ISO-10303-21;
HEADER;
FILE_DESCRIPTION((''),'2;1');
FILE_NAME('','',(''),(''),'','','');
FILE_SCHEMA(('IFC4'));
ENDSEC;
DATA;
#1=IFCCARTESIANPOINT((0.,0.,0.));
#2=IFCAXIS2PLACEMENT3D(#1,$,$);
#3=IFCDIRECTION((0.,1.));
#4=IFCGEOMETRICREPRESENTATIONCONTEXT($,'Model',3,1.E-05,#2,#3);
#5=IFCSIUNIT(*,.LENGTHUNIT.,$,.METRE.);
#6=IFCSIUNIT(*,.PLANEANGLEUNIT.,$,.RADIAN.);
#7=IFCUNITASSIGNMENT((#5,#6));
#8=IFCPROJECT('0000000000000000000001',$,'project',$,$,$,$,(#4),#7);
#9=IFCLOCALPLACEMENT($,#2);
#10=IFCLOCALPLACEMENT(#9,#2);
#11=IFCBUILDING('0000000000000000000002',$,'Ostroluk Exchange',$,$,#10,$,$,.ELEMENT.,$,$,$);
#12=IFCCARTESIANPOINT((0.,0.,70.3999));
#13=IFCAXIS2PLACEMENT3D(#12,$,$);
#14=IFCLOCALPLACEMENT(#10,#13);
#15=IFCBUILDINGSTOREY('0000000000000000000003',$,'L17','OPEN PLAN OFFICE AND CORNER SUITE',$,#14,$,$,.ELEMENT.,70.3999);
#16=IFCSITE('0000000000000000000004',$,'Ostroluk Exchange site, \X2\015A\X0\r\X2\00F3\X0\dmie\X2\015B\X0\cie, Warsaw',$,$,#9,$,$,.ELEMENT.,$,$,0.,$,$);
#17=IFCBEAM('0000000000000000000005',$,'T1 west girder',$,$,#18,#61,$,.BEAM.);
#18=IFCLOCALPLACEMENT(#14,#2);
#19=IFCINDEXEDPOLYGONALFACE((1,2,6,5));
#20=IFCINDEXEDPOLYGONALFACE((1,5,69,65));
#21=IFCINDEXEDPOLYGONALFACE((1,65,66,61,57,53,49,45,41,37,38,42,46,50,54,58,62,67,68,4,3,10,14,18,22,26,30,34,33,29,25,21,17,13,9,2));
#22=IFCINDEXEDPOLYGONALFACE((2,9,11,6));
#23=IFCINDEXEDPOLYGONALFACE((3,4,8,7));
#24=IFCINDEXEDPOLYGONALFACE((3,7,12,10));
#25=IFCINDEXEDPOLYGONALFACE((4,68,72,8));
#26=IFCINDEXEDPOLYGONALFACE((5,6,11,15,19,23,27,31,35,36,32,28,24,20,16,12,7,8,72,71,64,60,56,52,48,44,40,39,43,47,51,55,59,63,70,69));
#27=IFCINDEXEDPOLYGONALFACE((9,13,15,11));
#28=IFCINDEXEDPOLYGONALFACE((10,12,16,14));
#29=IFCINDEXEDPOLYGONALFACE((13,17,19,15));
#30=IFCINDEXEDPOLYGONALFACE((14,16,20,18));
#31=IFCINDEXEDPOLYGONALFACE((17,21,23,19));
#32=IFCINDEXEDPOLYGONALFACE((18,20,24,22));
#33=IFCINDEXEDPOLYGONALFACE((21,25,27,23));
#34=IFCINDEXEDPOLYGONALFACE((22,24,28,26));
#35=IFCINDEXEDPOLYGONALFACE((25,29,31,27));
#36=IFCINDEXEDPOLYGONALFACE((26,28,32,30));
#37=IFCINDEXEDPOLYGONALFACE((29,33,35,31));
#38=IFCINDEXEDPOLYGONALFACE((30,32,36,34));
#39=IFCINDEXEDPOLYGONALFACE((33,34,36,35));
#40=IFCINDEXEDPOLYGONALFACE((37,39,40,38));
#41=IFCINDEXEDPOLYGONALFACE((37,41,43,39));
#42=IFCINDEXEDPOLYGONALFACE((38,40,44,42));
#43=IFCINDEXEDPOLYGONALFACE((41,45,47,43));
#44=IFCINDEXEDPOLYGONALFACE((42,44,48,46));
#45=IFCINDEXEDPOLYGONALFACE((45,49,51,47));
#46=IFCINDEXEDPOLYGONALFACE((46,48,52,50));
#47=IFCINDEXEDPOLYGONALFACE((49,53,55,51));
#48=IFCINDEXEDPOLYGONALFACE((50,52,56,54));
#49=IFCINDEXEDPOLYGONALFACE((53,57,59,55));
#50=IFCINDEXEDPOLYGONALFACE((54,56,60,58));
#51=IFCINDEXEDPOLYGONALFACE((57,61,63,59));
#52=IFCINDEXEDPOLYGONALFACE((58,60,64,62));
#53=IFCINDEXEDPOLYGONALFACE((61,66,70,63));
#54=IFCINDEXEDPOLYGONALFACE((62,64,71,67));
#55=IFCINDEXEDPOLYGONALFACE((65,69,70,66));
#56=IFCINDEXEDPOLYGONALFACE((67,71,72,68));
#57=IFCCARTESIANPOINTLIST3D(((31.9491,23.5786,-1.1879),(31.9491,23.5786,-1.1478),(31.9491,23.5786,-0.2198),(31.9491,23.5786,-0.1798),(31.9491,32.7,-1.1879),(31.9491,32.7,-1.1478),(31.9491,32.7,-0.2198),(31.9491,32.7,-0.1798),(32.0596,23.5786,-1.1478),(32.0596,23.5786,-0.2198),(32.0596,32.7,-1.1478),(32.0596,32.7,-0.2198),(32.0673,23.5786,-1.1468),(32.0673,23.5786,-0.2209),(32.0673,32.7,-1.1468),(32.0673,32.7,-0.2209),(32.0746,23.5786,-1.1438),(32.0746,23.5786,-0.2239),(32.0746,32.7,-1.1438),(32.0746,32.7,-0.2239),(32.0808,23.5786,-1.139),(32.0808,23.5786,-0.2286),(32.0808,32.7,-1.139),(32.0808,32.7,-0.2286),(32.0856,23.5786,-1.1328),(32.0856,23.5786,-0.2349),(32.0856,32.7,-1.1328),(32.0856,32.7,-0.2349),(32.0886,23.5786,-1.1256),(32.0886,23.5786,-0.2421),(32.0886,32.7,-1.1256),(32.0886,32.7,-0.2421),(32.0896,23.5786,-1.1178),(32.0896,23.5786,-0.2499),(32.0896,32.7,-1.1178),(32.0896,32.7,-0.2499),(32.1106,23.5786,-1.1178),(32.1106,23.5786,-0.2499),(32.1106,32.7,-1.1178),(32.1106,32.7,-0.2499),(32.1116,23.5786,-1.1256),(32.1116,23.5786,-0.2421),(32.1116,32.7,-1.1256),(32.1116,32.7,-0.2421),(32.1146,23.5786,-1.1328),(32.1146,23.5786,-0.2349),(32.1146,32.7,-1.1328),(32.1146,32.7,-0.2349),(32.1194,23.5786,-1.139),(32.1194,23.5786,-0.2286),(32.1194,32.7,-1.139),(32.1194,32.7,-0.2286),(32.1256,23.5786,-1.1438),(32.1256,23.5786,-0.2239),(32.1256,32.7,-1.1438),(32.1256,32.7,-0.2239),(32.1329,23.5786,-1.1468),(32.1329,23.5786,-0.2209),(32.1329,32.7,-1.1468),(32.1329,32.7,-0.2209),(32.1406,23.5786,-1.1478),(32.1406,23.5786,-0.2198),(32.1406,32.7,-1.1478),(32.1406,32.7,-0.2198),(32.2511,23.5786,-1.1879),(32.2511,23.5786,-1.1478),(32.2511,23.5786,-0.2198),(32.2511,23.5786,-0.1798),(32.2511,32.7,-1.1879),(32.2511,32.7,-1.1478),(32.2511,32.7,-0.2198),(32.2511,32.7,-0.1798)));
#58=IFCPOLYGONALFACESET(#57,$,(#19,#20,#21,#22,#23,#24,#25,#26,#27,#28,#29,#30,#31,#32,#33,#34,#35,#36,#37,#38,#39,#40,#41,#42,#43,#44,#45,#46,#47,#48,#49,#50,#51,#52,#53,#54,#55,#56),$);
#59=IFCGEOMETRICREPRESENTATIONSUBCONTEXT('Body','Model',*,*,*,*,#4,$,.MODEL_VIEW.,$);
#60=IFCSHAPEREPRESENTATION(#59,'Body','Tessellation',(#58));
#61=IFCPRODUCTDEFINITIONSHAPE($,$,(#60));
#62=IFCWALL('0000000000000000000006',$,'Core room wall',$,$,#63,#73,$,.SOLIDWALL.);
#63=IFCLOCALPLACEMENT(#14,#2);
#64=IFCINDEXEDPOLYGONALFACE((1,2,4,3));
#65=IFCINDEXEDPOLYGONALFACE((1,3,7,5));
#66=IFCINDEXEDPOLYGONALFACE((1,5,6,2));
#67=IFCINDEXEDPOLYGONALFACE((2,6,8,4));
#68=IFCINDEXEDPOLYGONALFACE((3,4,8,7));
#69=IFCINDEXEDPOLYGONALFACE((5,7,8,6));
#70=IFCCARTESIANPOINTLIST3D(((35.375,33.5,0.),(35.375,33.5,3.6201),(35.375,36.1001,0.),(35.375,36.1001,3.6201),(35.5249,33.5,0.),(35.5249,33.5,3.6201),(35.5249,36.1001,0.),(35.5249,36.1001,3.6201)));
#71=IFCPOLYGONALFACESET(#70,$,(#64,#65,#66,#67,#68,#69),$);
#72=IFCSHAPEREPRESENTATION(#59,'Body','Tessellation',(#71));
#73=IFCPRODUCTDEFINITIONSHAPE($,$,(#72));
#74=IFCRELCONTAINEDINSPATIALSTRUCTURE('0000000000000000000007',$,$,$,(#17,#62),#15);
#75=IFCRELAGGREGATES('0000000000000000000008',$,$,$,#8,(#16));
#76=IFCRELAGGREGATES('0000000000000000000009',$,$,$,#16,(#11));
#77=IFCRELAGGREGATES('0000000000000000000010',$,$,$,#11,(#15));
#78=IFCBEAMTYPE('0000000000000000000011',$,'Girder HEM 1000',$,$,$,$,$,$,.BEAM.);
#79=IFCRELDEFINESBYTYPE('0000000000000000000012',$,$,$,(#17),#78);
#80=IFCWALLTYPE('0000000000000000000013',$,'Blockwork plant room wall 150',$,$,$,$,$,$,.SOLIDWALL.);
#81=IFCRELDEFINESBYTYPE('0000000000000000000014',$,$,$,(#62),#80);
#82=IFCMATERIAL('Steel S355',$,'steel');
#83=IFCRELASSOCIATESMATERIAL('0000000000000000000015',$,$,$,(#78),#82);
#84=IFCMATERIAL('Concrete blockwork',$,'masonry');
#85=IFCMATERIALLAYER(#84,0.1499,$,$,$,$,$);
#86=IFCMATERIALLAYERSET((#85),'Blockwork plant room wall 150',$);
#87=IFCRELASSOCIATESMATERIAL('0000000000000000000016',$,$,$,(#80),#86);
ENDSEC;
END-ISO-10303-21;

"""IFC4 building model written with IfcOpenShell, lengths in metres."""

from ifc_helpers import new_model, si_unit, direction, frame, frame_2d, origin, origin_2d, place, context, subcontext, project, spatial, rectangle, i_section, extrude, material, layer, layer_set, material_profile, profile_set, type_object, element, save


model = new_model("IFC4")

# Units and contexts
model_context = context("Model", 3, precision=1e-05, world=origin(), true_north=direction((0.0, 1.0)))
body_context = subcontext(model_context, "Body", "Model", "MODEL_VIEW")
ifc_project = project(units=[si_unit("LENGTHUNIT", "METRE"), si_unit("PLANEANGLEUNIT", "RADIAN")], contexts=[model_context])

# Site, building, storey
site_placement = place(None, origin())
site = spatial("IfcSite", under=ifc_project, at=site_placement, Name="Ostroluk Exchange site, Śródmieście, Warsaw", CompositionType="ELEMENT", RefElevation=0.0)
building_placement = place(site_placement, origin())
building = spatial("IfcBuilding", under=site, at=building_placement, Name="Ostroluk Exchange", CompositionType="ELEMENT")
storey_placement = place(building_placement, frame((0.0, 0.0, 70.3999)))
storey = spatial("IfcBuildingStorey", under=building, at=storey_placement, Name="L17", Description="OPEN PLAN OFFICE AND CORNER SUITE", CompositionType="ELEMENT", Elevation=70.3999)

# Beam
ifc_material_1 = material(Name="Steel S355", Category="steel")
ifc_material_profile_1 = material_profile(ifc_material_1, i_section(OverallWidth=0.302, OverallDepth=1.0081, WebThickness=0.021, FlangeThickness=0.04, FilletRadius=0.03, at=origin_2d()), Name="HEM 1000")
ifc_profile_set_1 = profile_set([ifc_material_profile_1], Name="Steel S355")
beam_type_1 = type_object("IfcBeamType", Name="Girder HEM 1000", PredefinedType="BEAM", material=ifc_profile_set_1)
beam_1_placement = place(storey_placement, frame((32.1001, 32.7, -0.6838), z_axis=(0.0, -1.0, 0.0), x_axis=(1.0, 0.0, 0.0)))
element("IfcBeam", 1, at=beam_1_placement, inside=storey, type_object=beam_type_1, Name="T1 west girder", PredefinedType="BEAM", context=body_context, shape_type="SweptSolid", body=[
    extrude(i_section(OverallWidth=0.302, OverallDepth=1.0081, WebThickness=0.021, FlangeThickness=0.04, FilletRadius=0.03, at=origin_2d()), origin(), (0.0, 0.0, 1.0), 9.1213),
])

# Wall
ifc_material_2 = material(Name="Concrete blockwork", Category="masonry")
ifc_layer_1 = layer(ifc_material_2, 0.1499)
ifc_layer_set_1 = layer_set([ifc_layer_1], Name="Blockwork plant room wall 150")
wall_type_1 = type_object("IfcWallType", Name="Blockwork plant room wall 150", PredefinedType="SOLIDWALL", material=ifc_layer_set_1)
wall_1_placement = place(storey_placement, frame((35.45, 33.5, 0.0), z_axis=(0.0, 0.0, 1.0), x_axis=(0.0, 1.0, 0.0)))
element("IfcWall", 2, at=wall_1_placement, inside=storey, type_object=wall_type_1, Name="Core room wall", PredefinedType="SOLIDWALL", context=body_context, shape_type="SweptSolid", body=[
    extrude(rectangle(XDim=2.6001, YDim=0.1499, at=frame_2d((1.3, 0.0))), origin(), (0.0, 0.0, 1.0), 3.6201),
])

save(model, "model.ifc")
